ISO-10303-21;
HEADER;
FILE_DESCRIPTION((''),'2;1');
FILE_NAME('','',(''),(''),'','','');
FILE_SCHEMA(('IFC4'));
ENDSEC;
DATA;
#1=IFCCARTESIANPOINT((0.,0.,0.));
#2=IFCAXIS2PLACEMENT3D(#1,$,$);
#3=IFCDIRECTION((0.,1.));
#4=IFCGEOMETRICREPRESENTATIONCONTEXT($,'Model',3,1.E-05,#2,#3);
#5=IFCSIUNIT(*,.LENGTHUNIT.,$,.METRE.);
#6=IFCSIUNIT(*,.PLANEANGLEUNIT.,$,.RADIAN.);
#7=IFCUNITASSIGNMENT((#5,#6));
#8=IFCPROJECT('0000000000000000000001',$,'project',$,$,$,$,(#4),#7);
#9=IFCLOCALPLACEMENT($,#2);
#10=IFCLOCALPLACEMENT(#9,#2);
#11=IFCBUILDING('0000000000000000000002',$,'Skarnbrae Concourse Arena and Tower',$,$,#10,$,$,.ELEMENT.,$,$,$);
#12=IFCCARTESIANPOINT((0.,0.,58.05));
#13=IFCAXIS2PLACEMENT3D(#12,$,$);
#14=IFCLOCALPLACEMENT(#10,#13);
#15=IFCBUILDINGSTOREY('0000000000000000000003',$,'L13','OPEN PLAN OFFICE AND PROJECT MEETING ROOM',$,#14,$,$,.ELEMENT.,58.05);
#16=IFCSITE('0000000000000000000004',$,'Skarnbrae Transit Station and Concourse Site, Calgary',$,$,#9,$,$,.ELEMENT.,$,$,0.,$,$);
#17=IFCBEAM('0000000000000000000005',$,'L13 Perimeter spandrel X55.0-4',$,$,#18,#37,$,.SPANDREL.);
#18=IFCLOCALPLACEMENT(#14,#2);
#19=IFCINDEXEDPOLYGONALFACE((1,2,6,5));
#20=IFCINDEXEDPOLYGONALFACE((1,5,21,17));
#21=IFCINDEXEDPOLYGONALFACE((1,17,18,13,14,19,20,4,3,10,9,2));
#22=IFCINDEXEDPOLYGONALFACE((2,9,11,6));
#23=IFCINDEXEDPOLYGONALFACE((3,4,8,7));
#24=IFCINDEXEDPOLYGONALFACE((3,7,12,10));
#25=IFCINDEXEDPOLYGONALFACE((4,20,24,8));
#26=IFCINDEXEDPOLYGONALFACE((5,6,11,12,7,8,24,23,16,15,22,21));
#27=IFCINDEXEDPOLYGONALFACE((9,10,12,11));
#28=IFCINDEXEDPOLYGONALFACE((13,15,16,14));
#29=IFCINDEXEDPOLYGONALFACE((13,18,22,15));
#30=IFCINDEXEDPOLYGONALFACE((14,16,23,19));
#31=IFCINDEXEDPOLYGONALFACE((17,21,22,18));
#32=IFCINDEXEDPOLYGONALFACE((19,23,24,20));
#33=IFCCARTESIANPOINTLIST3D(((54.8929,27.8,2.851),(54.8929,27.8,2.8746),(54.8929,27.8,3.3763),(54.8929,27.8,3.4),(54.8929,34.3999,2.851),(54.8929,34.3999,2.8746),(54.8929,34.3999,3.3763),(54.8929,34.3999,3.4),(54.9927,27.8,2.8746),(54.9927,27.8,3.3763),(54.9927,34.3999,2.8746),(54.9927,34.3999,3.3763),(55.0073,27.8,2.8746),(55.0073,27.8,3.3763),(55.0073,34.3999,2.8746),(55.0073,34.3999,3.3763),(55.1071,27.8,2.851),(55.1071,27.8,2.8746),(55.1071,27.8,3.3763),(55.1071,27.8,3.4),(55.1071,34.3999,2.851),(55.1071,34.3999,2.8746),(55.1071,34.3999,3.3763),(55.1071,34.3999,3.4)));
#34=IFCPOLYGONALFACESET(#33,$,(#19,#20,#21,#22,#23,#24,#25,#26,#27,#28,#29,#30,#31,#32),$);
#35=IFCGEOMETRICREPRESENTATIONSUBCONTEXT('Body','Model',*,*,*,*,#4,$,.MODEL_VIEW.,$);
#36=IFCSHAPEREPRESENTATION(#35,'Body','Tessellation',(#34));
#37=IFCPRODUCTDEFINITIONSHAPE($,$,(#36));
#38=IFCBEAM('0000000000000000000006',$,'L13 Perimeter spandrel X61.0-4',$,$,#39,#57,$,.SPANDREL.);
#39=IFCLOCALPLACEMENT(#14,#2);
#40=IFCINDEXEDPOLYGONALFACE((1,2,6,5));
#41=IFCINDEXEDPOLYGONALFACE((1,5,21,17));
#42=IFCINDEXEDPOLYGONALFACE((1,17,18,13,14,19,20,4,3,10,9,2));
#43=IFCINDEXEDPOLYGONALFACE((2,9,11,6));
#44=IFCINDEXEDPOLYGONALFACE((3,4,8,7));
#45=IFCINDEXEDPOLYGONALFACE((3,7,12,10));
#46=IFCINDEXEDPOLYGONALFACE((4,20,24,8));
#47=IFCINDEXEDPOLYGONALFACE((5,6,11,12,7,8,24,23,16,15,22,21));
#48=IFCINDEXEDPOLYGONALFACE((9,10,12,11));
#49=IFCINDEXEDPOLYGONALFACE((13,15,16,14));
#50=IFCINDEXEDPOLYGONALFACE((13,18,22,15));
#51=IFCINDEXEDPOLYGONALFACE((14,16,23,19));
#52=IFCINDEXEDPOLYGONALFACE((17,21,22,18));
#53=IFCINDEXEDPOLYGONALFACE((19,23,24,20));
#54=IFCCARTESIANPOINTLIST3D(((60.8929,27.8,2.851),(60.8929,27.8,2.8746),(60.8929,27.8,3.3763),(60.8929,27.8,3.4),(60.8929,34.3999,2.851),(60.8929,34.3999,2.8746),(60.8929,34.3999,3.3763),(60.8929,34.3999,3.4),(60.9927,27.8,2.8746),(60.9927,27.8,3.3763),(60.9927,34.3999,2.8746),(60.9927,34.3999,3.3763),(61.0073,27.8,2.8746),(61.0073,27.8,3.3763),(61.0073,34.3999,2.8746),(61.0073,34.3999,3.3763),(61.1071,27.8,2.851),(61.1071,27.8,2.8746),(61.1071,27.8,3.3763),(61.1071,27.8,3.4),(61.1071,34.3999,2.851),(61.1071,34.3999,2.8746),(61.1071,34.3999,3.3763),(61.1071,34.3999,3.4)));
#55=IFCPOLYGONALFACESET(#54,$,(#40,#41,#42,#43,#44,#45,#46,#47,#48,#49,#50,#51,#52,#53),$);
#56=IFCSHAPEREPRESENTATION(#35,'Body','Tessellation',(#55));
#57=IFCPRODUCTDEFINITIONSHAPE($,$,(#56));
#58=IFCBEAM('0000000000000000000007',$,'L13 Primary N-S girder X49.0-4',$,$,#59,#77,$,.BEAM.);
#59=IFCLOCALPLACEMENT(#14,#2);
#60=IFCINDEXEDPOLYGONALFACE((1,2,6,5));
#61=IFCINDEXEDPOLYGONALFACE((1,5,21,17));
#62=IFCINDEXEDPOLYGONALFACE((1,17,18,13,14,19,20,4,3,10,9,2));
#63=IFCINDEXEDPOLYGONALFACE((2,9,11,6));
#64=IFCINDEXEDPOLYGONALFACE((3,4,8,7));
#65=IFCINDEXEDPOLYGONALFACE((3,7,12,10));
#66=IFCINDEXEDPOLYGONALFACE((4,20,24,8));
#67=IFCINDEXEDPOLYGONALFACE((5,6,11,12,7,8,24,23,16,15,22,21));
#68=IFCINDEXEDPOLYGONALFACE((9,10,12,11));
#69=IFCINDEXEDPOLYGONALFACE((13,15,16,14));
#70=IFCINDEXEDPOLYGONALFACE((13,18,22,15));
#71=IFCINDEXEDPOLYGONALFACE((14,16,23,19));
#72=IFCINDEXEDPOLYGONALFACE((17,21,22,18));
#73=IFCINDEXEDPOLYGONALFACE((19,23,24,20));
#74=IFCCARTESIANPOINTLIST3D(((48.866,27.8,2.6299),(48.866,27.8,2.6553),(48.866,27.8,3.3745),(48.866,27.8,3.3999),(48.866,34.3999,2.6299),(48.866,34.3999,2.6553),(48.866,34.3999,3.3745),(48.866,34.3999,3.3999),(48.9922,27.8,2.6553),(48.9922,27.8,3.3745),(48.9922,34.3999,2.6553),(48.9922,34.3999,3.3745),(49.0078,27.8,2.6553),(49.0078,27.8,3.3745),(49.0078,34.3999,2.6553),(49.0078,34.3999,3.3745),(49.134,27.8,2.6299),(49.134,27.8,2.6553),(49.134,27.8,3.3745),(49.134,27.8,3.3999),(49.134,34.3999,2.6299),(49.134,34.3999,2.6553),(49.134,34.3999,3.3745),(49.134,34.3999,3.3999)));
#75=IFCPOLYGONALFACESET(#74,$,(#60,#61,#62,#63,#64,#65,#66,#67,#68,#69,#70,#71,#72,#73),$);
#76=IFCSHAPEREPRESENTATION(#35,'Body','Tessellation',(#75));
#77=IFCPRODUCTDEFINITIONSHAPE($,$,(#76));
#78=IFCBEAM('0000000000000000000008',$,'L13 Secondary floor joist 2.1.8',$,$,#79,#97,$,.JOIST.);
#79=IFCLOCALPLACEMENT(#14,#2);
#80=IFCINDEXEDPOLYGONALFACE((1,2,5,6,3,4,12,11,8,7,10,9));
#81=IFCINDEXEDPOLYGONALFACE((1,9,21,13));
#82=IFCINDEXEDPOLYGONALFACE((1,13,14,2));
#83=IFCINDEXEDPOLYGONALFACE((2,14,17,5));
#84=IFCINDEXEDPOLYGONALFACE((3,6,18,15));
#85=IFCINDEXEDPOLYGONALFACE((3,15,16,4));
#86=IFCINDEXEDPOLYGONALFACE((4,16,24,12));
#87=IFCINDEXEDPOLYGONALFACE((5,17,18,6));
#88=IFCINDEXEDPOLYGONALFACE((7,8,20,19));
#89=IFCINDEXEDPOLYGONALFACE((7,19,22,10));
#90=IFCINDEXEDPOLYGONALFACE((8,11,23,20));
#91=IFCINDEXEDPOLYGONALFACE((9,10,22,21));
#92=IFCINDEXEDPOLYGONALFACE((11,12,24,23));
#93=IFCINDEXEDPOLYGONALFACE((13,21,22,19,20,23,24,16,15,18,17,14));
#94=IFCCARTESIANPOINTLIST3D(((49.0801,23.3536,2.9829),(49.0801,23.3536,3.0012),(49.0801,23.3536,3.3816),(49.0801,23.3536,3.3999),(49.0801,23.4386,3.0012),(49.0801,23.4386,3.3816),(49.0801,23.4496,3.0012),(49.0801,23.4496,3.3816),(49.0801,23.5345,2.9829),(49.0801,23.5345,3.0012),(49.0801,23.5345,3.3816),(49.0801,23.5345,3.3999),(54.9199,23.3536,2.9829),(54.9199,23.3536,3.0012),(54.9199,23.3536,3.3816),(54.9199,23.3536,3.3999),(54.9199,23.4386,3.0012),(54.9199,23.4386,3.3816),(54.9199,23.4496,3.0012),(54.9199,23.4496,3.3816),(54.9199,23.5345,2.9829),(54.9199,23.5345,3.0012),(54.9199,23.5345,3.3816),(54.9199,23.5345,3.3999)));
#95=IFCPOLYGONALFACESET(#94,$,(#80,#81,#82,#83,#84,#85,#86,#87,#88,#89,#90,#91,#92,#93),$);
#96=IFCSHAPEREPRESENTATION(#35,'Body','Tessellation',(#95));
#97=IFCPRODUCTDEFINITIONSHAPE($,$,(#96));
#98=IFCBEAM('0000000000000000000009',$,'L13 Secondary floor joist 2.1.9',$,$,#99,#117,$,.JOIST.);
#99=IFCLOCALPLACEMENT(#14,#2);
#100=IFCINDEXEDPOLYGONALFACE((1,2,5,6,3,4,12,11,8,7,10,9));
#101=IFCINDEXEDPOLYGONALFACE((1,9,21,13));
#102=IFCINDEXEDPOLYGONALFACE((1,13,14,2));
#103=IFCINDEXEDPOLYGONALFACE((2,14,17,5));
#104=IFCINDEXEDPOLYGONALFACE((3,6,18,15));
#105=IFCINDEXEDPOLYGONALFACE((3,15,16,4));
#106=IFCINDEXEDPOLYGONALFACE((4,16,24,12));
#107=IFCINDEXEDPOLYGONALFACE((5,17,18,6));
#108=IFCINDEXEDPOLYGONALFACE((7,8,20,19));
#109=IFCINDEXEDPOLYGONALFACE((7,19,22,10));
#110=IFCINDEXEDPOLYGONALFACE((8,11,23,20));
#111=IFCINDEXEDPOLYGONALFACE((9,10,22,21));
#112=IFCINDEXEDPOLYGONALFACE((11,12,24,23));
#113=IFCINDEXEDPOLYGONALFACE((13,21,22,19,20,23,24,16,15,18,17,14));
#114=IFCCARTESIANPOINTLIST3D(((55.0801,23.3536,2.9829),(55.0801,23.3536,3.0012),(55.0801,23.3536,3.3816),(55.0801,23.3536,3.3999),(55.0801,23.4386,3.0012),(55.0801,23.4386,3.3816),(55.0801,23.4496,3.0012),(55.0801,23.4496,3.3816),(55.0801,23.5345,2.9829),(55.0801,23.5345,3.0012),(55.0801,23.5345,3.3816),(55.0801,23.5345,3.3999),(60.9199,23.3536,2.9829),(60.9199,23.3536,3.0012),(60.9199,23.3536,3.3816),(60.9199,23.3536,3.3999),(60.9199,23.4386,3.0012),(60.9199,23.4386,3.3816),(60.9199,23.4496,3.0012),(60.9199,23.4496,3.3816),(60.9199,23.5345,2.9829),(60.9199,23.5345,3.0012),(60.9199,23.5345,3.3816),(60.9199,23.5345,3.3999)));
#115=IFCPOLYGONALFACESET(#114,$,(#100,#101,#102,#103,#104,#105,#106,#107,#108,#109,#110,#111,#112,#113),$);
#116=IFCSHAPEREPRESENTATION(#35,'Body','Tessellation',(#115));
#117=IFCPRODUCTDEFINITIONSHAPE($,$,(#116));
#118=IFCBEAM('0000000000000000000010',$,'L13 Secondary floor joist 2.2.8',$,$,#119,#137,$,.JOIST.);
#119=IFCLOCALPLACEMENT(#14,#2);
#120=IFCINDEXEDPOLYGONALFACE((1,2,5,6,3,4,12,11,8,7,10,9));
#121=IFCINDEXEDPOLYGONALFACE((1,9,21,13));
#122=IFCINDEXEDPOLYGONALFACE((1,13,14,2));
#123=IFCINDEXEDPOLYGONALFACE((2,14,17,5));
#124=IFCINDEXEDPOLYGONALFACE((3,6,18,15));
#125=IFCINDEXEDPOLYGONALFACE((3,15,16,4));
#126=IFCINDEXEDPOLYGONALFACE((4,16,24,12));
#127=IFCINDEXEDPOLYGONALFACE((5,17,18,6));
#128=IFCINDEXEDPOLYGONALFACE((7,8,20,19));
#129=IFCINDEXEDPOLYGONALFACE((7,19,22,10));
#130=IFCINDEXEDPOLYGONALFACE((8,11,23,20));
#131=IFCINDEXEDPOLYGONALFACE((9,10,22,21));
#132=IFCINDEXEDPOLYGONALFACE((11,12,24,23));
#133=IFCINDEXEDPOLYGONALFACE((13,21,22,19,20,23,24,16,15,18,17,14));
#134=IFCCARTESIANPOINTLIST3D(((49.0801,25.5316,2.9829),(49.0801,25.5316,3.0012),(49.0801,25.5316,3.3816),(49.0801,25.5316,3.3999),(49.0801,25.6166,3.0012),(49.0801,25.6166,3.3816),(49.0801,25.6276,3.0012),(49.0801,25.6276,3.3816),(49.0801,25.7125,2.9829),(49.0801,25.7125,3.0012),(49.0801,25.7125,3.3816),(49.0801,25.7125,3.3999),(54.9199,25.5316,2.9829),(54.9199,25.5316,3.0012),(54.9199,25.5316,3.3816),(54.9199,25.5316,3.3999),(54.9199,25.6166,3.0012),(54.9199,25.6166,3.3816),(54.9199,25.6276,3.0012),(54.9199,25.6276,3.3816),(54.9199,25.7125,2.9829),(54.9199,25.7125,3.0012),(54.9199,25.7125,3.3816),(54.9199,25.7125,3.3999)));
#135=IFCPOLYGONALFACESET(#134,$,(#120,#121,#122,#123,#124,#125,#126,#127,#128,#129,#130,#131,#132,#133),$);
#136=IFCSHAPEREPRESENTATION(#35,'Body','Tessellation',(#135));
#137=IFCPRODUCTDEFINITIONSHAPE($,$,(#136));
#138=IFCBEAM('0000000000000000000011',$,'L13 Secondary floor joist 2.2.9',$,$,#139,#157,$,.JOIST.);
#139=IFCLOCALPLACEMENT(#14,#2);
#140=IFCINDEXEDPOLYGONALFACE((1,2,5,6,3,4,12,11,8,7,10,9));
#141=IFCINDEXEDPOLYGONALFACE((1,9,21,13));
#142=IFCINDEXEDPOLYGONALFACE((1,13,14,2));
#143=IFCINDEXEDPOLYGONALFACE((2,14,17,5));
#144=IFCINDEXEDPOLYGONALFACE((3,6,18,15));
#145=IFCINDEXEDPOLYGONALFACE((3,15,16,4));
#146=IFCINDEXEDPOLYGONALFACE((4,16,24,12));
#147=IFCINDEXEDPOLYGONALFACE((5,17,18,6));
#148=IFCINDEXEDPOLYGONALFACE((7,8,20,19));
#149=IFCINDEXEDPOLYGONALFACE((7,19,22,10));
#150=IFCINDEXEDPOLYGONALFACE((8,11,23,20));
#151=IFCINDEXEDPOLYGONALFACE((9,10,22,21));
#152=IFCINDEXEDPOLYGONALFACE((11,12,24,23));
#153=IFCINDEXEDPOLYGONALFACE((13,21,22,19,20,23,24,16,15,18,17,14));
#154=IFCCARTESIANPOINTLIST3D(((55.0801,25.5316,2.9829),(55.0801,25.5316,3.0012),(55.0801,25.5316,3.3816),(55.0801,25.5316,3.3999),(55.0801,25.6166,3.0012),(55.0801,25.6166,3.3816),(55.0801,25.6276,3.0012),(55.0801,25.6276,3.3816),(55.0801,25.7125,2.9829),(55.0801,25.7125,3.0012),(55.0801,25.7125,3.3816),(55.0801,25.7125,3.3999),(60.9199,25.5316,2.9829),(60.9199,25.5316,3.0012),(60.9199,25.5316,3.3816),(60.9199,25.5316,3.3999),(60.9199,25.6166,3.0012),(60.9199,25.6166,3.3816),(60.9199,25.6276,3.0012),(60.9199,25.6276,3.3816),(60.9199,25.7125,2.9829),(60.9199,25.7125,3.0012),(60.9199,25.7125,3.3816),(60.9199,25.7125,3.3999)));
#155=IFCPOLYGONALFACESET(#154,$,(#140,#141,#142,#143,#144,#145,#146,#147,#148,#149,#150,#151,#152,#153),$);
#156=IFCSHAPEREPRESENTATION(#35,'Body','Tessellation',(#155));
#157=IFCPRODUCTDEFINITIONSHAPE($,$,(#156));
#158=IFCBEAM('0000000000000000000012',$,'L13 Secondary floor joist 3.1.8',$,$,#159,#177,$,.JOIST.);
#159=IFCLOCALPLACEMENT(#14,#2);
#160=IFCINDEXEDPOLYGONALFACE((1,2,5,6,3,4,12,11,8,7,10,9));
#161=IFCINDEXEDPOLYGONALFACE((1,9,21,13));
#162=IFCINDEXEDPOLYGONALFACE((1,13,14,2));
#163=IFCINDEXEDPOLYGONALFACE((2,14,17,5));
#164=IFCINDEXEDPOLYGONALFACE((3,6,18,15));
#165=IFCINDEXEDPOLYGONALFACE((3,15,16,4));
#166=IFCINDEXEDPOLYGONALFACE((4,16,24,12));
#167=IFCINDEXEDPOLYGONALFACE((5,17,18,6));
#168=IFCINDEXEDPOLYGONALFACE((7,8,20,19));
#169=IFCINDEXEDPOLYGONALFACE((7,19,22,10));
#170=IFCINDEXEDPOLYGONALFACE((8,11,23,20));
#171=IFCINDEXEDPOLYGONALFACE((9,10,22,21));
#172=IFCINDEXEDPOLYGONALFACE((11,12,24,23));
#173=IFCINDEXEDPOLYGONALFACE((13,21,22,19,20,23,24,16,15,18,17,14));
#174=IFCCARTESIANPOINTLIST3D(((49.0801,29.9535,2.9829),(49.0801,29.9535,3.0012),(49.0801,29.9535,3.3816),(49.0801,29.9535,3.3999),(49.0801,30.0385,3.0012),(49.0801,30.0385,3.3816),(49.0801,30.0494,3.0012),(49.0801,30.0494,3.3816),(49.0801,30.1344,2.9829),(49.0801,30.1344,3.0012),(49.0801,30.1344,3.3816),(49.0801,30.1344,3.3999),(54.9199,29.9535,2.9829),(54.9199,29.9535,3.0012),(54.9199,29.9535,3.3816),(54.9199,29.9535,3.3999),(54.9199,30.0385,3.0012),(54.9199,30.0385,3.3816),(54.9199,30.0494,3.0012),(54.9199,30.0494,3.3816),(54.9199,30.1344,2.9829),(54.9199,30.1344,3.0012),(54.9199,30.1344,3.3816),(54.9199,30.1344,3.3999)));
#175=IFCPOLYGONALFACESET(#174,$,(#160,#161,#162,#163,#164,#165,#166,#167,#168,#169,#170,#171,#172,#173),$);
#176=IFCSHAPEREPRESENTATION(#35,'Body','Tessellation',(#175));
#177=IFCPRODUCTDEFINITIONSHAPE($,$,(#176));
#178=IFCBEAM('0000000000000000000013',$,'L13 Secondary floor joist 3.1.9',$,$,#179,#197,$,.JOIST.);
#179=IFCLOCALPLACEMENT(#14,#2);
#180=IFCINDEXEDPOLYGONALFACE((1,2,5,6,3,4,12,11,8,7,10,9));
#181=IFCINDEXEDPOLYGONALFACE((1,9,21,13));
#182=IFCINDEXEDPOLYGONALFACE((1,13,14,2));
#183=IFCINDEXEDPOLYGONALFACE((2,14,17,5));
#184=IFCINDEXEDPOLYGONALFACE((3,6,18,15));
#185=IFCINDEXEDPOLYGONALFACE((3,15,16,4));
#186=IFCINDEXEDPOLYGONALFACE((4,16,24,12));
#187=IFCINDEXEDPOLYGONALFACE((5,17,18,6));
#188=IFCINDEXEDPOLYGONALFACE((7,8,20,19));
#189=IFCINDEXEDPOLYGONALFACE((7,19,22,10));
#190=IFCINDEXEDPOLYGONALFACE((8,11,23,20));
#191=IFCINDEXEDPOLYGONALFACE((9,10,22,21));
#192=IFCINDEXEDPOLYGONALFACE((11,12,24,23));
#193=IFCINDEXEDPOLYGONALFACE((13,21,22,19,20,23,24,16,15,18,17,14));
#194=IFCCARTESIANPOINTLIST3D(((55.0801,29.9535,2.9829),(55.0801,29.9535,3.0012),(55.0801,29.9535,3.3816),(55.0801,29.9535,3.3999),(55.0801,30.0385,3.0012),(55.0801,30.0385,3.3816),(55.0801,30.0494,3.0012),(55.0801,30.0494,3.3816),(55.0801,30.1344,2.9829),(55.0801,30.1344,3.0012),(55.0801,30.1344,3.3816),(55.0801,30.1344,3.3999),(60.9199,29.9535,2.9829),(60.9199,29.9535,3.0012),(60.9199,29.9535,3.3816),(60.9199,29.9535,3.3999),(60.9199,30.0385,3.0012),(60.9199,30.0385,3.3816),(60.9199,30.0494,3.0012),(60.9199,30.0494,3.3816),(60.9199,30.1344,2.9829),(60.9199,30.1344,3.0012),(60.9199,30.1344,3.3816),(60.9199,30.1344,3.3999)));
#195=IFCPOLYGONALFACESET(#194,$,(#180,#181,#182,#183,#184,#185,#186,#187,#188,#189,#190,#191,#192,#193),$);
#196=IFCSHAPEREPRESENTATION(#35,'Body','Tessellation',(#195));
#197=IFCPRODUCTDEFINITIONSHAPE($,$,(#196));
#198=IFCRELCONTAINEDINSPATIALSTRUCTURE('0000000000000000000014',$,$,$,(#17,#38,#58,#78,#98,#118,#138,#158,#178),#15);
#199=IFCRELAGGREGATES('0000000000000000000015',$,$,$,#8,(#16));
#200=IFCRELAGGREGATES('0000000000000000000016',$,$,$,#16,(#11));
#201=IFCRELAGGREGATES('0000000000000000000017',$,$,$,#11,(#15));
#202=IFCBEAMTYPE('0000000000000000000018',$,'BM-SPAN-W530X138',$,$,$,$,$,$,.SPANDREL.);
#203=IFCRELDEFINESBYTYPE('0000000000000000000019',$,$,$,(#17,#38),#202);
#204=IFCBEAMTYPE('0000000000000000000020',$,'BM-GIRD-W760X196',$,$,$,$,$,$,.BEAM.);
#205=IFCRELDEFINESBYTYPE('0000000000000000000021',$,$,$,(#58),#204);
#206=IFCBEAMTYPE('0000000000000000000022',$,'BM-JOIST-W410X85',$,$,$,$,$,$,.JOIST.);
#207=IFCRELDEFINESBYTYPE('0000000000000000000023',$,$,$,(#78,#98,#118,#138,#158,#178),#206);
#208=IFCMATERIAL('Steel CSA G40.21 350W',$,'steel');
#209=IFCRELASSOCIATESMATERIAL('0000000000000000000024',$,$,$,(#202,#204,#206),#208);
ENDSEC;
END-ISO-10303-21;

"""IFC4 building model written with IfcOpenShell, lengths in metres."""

from ifc_helpers import new_model, si_unit, direction, frame, origin, origin_2d, place, context, subcontext, project, spatial, i_section, extrude, source, transform, mapped, material, material_profile, profile_set, type_object, element, save


model = new_model("IFC4")

# Units and contexts
model_context = context("Model", 3, precision=1e-05, world=origin(), true_north=direction((0.0, 1.0)))
body_context = subcontext(model_context, "Body", "Model", "MODEL_VIEW")
ifc_project = project(units=[si_unit("LENGTHUNIT", "METRE"), si_unit("PLANEANGLEUNIT", "RADIAN")], contexts=[model_context])

# Site, building, storey
site_placement = place(None, origin())
site = spatial("IfcSite", under=ifc_project, at=site_placement, Name="Skarnbrae Transit Station and Concourse Site, Calgary", CompositionType="ELEMENT", RefElevation=0.0)
building_placement = place(site_placement, origin())
building = spatial("IfcBuilding", under=site, at=building_placement, Name="Skarnbrae Concourse Arena and Tower", CompositionType="ELEMENT")
storey_placement = place(building_placement, frame((0.0, 0.0, 58.05)))
storey = spatial("IfcBuildingStorey", under=building, at=storey_placement, Name="L13", Description="OPEN PLAN OFFICE AND PROJECT MEETING ROOM", CompositionType="ELEMENT", Elevation=58.05)

# Shared definitions
ifc_material_1 = material(Name="Steel CSA G40.21 350W", Category="steel")

# Beams
ifc_material_profile_1 = material_profile(ifc_material_1, i_section(OverallWidth=0.2141, OverallDepth=0.5491, WebThickness=0.0146, FlangeThickness=0.0237, at=origin_2d()), Name="W530X138")
ifc_profile_set_1 = profile_set([ifc_material_profile_1], Name="Steel CSA G40.21 350W")
beam_type_1 = type_object("IfcBeamType", Name="BM-SPAN-W530X138", PredefinedType="SPANDREL", material=ifc_profile_set_1)
ifc_material_profile_2 = material_profile(ifc_material_1, i_section(OverallWidth=0.2681, OverallDepth=0.77, WebThickness=0.0156, FlangeThickness=0.0254, at=origin_2d()), Name="W760X196")
ifc_profile_set_2 = profile_set([ifc_material_profile_2], Name="Steel CSA G40.21 350W")
beam_type_2 = type_object("IfcBeamType", Name="BM-GIRD-W760X196", PredefinedType="BEAM", material=ifc_profile_set_2)
shared_shape_1 = source(origin(), body_context, "Body", "SweptSolid", [
    extrude(i_section(OverallWidth=0.2141, OverallDepth=0.5491, WebThickness=0.0146, FlangeThickness=0.0237, at=origin_2d()), origin(), (0.0, 0.0, 1.0), 6.5999),
])
for number, where, z_axis, x_axis, name in (
    (1, (55.0, 27.8, 3.1255), (0.0, 1.0, 0.0), (-1.0, 0.0, 0.0), "L13 Perimeter spandrel X55.0-4"),
    (2, (61.0, 27.8, 3.1255), (0.0, 1.0, 0.0), (-1.0, 0.0, 0.0), "L13 Perimeter spandrel X61.0-4"),
):
    element("IfcBeam", number, at=place(storey_placement, frame(where, z_axis=z_axis, x_axis=x_axis)), inside=storey, type_object=beam_type_1, Name=name, PredefinedType="SPANDREL", context=body_context, shape_type="MappedRepresentation", body=[
        mapped(shared_shape_1, transform((0.0, 0.0, 0.0))),
    ])
shared_shape_2 = source(origin(), body_context, "Body", "SweptSolid", [
    extrude(i_section(OverallWidth=0.2681, OverallDepth=0.77, WebThickness=0.0156, FlangeThickness=0.0254, at=origin_2d()), origin(), (0.0, 0.0, 1.0), 6.5999),
])
beam_1_placement = place(storey_placement, frame((49.0, 27.8, 3.0149), z_axis=(0.0, 1.0, 0.0), x_axis=(-1.0, 0.0, 0.0)))
element("IfcBeam", 3, at=beam_1_placement, inside=storey, type_object=beam_type_2, Name="L13 Primary N-S girder X49.0-4", PredefinedType="BEAM", context=body_context, shape_type="MappedRepresentation", body=[
    mapped(shared_shape_2, transform((0.0, 0.0, 0.0))),
])
ifc_material_profile_3 = material_profile(ifc_material_1, i_section(OverallWidth=0.1809, OverallDepth=0.417, WebThickness=0.011, FlangeThickness=0.0183, at=origin_2d()), Name="W410X85")
ifc_profile_set_3 = profile_set([ifc_material_profile_3], Name="Steel CSA G40.21 350W")
beam_type_3 = type_object("IfcBeamType", Name="BM-JOIST-W410X85", PredefinedType="JOIST", material=ifc_profile_set_3)
shared_shape_3 = source(origin(), body_context, "Body", "SweptSolid", [
    extrude(i_section(OverallWidth=0.1809, OverallDepth=0.417, WebThickness=0.011, FlangeThickness=0.0183, at=origin_2d()), origin(), (0.0, 0.0, 1.0), 5.8398),
])
for number, where, z_axis, x_axis, name in (
    (4, (49.0801, 23.4441, 3.1914), (1.0, 0.0, 0.0), (0.0, 1.0, 0.0), "L13 Secondary floor joist 2.1.8"),
    (5, (55.0801, 23.4441, 3.1914), (1.0, 0.0, 0.0), (0.0, 1.0, 0.0), "L13 Secondary floor joist 2.1.9"),
    (6, (49.0801, 25.6221, 3.1914), (1.0, 0.0, 0.0), (0.0, 1.0, 0.0), "L13 Secondary floor joist 2.2.8"),
    (7, (55.0801, 25.6221, 3.1914), (1.0, 0.0, 0.0), (0.0, 1.0, 0.0), "L13 Secondary floor joist 2.2.9"),
    (8, (49.0801, 30.0439, 3.1914), (1.0, 0.0, 0.0), (0.0, 1.0, 0.0), "L13 Secondary floor joist 3.1.8"),
    (9, (55.0801, 30.0439, 3.1914), (1.0, 0.0, 0.0), (0.0, 1.0, 0.0), "L13 Secondary floor joist 3.1.9"),
):
    element("IfcBeam", number, at=place(storey_placement, frame(where, z_axis=z_axis, x_axis=x_axis)), inside=storey, type_object=beam_type_3, Name=name, PredefinedType="JOIST", context=body_context, shape_type="MappedRepresentation", body=[
        mapped(shared_shape_3, transform((0.0, 0.0, 0.0))),
    ])

save(model, "model.ifc")
